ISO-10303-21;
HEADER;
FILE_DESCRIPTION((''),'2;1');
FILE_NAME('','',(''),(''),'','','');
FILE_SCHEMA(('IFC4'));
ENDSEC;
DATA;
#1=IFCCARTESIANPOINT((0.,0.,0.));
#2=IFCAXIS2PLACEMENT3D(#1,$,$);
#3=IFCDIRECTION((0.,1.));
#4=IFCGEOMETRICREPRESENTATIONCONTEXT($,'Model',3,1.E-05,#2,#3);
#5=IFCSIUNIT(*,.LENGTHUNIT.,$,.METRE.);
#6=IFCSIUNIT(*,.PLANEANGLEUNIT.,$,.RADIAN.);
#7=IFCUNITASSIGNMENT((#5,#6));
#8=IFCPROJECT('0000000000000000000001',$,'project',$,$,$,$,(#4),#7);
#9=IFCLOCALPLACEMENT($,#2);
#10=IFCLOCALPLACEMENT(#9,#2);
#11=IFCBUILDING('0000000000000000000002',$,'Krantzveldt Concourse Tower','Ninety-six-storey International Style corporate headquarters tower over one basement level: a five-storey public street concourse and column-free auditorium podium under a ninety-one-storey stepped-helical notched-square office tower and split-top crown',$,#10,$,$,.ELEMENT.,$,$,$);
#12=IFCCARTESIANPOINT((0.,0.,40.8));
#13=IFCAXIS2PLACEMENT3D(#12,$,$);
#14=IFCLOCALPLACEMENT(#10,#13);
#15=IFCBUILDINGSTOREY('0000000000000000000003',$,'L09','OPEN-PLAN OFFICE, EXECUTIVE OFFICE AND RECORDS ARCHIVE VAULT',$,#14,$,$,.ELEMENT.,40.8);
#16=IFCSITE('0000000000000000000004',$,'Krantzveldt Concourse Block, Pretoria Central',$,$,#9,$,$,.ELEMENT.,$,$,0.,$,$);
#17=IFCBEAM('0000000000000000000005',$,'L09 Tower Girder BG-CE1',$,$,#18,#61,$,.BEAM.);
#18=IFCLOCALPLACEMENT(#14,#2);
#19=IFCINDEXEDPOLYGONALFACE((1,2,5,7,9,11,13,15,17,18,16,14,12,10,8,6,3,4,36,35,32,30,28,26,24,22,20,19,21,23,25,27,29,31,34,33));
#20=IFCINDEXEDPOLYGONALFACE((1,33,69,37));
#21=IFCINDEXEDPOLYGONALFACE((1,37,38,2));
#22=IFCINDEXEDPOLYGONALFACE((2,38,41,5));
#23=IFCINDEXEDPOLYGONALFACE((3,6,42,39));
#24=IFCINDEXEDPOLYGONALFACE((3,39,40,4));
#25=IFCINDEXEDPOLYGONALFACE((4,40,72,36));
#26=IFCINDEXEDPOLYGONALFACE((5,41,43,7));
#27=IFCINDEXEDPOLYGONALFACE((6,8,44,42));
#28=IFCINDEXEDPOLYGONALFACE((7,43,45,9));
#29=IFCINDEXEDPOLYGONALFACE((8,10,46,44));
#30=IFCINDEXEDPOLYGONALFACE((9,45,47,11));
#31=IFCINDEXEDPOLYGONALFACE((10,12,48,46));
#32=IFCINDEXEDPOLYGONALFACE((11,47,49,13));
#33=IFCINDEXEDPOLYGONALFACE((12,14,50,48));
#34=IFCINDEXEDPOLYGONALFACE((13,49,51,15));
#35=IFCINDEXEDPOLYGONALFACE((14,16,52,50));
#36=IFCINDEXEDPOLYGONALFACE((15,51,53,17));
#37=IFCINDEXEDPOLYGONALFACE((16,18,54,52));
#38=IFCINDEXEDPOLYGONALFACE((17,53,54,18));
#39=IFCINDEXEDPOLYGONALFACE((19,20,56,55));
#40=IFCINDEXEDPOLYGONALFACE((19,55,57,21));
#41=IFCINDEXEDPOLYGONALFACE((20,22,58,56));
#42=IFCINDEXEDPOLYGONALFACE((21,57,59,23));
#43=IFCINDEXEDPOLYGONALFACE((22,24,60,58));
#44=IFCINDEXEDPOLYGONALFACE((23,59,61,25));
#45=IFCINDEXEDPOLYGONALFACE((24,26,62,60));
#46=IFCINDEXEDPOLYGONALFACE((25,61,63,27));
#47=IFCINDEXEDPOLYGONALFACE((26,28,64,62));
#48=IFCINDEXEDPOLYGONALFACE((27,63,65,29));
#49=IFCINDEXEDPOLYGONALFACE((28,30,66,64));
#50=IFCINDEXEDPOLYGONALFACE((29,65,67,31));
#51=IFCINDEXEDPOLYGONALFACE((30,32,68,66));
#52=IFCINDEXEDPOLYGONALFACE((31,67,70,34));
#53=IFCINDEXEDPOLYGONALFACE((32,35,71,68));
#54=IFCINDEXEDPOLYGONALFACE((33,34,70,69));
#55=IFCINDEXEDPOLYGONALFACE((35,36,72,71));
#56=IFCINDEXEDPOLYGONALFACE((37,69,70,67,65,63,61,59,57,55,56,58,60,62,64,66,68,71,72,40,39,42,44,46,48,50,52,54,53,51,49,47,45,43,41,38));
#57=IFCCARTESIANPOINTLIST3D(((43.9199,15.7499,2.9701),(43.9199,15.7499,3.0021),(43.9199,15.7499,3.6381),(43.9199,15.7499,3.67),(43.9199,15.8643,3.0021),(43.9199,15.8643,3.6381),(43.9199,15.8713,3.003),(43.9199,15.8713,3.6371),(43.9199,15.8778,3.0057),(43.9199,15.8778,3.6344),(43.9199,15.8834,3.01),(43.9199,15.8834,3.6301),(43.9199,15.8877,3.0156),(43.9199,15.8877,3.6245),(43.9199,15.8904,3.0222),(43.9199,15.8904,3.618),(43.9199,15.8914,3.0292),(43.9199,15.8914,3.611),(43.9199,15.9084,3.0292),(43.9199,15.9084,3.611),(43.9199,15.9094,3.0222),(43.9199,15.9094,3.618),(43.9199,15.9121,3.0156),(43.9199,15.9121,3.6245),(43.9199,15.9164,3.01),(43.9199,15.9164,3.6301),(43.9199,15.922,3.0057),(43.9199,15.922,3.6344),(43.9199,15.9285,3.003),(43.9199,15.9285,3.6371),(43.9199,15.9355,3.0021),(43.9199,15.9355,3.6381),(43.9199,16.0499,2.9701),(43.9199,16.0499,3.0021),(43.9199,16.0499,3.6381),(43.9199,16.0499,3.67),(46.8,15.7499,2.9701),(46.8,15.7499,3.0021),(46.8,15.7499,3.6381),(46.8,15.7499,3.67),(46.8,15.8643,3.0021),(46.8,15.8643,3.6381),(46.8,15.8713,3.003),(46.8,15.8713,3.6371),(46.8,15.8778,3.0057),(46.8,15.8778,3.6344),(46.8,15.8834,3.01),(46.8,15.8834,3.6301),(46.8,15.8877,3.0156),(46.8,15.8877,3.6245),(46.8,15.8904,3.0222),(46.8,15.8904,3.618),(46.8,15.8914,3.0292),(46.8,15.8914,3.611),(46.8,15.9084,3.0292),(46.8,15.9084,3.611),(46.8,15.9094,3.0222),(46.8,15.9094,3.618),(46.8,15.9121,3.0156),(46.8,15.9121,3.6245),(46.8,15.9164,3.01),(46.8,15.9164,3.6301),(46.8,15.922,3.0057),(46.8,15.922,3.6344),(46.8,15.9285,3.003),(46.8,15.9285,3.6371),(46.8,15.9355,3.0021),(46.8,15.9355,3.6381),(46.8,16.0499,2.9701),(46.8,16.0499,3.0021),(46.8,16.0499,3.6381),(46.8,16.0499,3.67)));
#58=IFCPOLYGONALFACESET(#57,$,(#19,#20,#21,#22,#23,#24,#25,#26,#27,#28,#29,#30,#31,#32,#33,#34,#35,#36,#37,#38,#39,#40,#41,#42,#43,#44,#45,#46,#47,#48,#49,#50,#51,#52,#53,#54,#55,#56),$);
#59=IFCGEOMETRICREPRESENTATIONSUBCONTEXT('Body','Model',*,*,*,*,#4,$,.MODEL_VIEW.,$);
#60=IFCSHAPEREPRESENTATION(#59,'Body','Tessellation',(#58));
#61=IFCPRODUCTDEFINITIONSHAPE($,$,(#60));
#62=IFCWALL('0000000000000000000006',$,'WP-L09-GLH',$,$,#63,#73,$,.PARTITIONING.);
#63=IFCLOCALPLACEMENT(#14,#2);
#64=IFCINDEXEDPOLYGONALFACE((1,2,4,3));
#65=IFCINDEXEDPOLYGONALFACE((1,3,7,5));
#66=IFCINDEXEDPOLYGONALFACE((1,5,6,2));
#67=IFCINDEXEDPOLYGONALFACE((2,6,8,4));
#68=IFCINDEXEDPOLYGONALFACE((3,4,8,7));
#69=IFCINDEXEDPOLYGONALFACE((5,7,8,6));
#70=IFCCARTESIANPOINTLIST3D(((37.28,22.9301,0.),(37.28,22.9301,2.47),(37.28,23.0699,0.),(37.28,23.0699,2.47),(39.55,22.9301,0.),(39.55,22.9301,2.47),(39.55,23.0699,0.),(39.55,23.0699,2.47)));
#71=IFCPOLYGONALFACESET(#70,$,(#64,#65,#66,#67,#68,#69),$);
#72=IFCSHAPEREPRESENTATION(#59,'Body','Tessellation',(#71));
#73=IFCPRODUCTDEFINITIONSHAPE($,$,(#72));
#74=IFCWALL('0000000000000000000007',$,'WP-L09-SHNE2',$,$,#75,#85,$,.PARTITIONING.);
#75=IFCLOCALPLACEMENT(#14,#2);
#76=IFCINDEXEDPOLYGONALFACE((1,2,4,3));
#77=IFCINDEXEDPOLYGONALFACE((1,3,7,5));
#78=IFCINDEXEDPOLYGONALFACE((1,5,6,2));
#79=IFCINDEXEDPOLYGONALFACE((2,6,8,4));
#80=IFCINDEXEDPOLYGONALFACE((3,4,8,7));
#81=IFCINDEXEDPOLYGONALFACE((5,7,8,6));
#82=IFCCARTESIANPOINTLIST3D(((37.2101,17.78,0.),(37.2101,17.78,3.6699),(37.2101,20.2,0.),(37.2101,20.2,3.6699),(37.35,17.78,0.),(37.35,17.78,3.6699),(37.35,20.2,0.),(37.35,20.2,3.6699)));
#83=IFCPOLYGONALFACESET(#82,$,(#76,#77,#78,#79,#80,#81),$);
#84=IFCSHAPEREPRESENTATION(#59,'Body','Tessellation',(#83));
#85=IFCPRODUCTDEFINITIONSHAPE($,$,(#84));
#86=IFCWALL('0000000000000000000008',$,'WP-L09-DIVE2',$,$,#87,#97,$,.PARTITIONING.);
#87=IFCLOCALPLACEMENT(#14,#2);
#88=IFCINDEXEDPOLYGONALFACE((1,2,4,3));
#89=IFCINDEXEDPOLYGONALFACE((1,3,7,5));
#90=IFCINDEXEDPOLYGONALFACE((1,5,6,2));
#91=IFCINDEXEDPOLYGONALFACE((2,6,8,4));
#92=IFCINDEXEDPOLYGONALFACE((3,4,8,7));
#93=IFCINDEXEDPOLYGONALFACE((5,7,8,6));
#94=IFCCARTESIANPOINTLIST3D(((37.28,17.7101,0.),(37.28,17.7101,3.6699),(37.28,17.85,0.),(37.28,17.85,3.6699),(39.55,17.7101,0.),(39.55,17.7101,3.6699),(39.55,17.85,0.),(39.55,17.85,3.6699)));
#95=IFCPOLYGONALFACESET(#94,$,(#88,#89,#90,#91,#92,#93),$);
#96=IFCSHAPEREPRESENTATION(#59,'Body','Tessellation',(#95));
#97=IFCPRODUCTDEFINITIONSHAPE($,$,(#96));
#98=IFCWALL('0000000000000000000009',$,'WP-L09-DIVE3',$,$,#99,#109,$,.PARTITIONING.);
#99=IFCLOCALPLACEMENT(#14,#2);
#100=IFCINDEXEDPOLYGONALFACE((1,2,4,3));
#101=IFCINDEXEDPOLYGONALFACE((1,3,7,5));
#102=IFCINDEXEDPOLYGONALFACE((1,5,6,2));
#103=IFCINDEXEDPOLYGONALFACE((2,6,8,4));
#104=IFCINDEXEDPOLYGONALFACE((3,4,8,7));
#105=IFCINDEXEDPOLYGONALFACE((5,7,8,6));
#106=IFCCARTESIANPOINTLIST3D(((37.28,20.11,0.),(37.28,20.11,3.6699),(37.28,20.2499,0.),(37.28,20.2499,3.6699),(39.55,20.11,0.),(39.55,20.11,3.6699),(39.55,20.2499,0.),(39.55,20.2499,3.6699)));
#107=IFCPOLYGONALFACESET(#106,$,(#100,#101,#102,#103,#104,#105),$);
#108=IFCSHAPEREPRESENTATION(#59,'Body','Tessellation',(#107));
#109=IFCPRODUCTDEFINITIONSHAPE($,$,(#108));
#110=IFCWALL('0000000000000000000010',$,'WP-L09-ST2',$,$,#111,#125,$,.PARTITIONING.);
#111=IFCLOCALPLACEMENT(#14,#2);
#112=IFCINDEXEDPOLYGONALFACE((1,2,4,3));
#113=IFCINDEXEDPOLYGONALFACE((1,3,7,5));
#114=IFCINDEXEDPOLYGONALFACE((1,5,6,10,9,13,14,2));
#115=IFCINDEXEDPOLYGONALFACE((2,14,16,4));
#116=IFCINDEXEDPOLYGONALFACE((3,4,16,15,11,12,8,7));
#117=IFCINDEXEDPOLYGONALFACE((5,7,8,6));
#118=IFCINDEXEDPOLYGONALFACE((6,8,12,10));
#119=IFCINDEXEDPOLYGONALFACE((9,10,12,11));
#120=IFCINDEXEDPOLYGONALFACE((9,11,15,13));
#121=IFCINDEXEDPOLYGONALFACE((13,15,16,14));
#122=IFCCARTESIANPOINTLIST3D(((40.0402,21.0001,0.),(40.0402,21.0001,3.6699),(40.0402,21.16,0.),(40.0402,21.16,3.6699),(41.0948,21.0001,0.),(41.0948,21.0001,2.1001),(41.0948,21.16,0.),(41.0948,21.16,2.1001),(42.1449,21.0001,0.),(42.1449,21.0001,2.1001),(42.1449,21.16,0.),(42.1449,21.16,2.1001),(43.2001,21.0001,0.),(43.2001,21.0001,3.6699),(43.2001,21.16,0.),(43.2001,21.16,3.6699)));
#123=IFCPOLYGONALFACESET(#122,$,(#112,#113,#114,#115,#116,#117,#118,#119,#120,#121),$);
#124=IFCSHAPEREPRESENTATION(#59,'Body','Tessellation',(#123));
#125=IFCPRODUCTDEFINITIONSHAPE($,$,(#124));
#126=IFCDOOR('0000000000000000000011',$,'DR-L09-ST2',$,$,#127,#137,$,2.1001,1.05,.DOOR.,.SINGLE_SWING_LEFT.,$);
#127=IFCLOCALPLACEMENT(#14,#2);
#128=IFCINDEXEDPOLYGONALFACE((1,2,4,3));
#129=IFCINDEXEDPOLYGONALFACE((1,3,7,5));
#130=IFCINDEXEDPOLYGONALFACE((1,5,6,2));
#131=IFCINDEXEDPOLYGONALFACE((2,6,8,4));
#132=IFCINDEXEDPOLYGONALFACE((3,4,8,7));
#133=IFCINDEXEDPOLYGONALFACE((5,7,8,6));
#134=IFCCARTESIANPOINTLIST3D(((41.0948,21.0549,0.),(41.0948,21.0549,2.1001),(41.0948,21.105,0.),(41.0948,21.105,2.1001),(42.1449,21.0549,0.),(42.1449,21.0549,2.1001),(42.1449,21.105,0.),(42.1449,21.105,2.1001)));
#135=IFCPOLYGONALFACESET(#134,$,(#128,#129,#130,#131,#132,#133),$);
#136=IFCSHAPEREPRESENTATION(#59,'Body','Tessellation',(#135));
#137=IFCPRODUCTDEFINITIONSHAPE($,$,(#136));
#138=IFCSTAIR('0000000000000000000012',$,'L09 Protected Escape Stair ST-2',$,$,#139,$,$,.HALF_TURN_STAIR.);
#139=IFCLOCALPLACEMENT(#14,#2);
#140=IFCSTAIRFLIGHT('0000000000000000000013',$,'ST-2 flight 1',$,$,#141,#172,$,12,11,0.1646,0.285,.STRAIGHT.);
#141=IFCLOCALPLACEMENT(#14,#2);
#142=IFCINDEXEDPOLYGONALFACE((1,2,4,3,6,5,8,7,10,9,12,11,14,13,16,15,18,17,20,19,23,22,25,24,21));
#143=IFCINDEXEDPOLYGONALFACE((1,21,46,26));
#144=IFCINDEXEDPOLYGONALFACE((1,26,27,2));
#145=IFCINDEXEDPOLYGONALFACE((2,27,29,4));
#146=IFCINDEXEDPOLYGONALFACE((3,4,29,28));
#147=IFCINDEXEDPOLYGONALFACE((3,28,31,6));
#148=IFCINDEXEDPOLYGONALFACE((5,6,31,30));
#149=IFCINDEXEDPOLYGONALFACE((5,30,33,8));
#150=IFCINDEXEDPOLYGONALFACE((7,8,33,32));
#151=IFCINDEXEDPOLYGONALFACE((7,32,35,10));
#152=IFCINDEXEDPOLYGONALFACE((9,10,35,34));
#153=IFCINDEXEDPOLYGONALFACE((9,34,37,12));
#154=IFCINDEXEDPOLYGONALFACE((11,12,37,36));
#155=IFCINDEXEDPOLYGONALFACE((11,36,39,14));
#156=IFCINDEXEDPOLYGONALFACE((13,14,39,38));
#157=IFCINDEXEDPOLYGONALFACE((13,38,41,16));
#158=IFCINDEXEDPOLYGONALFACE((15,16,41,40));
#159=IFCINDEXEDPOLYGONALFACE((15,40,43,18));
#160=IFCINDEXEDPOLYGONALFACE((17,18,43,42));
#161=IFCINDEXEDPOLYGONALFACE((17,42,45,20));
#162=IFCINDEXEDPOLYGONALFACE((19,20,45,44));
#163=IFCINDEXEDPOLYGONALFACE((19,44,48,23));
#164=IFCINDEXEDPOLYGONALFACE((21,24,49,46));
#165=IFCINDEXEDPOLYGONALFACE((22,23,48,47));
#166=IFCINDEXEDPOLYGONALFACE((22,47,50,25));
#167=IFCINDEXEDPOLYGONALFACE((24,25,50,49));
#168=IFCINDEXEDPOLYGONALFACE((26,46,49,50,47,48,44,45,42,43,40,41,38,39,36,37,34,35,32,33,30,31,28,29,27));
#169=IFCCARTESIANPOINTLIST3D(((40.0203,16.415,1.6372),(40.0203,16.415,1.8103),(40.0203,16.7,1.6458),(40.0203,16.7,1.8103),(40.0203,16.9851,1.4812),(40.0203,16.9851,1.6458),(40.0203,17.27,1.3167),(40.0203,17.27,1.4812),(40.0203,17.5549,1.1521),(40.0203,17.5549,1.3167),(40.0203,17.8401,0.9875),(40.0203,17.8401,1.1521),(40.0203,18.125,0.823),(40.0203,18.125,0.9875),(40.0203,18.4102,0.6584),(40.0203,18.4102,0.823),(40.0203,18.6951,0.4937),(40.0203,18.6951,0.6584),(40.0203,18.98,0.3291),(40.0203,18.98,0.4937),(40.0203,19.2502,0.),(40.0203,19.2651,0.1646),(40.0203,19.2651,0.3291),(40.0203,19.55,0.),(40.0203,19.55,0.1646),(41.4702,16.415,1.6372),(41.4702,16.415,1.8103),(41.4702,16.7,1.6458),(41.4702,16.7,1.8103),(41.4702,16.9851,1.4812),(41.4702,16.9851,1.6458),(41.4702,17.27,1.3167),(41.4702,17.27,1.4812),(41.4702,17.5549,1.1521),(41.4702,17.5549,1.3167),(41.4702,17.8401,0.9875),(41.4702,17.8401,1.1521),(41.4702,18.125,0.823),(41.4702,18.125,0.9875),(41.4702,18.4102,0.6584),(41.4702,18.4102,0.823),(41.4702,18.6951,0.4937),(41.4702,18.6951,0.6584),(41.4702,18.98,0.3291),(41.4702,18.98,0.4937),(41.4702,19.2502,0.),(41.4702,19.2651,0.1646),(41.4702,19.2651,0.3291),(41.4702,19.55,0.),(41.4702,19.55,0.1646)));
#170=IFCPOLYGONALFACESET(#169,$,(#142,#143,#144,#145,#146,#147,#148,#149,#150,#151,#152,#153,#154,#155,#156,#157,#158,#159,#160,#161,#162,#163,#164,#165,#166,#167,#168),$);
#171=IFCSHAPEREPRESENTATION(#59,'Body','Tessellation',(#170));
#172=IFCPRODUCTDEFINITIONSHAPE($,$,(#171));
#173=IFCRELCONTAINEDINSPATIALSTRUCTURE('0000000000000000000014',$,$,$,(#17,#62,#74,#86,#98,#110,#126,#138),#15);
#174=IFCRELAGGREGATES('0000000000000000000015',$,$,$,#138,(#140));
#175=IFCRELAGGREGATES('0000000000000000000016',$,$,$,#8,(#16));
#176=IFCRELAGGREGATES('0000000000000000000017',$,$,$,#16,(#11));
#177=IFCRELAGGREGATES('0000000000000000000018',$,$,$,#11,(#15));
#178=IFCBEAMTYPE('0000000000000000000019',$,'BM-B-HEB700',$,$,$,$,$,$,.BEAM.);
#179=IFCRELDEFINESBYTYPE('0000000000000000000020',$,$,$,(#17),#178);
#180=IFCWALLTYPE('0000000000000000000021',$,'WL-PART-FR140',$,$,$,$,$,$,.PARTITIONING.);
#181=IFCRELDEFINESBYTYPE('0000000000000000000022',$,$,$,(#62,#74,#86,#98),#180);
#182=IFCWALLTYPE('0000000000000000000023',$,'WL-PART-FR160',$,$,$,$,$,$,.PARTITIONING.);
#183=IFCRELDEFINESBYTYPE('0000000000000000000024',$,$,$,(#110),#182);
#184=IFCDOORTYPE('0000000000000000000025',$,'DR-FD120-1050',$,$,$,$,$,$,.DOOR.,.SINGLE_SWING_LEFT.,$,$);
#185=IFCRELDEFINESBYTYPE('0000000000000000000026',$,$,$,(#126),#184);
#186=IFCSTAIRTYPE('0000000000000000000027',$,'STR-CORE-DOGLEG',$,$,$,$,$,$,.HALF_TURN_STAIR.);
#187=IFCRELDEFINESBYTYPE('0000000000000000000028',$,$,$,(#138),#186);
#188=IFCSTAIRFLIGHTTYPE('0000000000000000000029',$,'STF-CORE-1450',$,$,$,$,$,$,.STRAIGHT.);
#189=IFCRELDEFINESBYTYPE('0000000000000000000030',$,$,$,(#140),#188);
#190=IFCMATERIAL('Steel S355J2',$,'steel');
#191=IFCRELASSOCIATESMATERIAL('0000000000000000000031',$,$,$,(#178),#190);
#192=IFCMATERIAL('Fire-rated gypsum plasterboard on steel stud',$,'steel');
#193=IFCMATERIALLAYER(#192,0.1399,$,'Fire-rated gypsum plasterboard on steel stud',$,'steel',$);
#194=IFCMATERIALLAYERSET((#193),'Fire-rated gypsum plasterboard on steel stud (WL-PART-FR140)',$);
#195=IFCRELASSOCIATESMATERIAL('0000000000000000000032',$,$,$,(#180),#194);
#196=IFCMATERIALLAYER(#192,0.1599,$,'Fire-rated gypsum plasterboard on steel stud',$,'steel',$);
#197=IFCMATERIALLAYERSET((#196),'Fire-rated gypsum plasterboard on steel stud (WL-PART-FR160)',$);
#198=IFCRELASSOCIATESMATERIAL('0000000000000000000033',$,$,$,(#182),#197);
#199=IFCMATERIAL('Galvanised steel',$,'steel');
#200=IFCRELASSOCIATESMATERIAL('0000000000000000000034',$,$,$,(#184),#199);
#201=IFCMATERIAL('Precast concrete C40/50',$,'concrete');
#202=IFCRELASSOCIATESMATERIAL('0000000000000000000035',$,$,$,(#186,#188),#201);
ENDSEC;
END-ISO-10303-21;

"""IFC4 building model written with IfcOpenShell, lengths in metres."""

from ifc_helpers import new_model, si_unit, direction, frame, frame_2d, origin, origin_2d, place, context, subcontext, project, spatial, polyline, rectangle, i_section, outline, extrude, source, transform, mapped, material, layer, layer_set, material_profile, profile_set, type_object, type_shapes, element, fill, aggregate, save


model = new_model("IFC4")

# Units and contexts
model_context = context("Model", 3, precision=1e-05, world=origin(), true_north=direction((0.0, 1.0)))
body_context = subcontext(model_context, "Body", "Model", "MODEL_VIEW")
ifc_project = project(units=[si_unit("LENGTHUNIT", "METRE"), si_unit("PLANEANGLEUNIT", "RADIAN")], contexts=[model_context])

# Site, building, storey
site_placement = place(None, origin())
site = spatial("IfcSite", under=ifc_project, at=site_placement, Name="Krantzveldt Concourse Block, Pretoria Central", CompositionType="ELEMENT", RefElevation=0.0)
building_placement = place(site_placement, origin())
building = spatial("IfcBuilding", under=site, at=building_placement, Name="Krantzveldt Concourse Tower", Description="Ninety-six-storey International Style corporate headquarters tower over one basement level: a five-storey public street concourse and column-free auditorium podium under a ninety-one-storey stepped-helical notched-square office tower and split-top crown", CompositionType="ELEMENT")
storey_placement = place(building_placement, frame((0.0, 0.0, 40.8)))
storey = spatial("IfcBuildingStorey", under=building, at=storey_placement, Name="L09", Description="OPEN-PLAN OFFICE, EXECUTIVE OFFICE AND RECORDS ARCHIVE VAULT", CompositionType="ELEMENT", Elevation=40.8)

# Beam
ifc_material_1 = material(Name="Steel S355J2", Category="steel")
ifc_material_profile = material_profile(ifc_material_1, i_section(OverallWidth=0.3, OverallDepth=0.7, WebThickness=0.0171, FlangeThickness=0.032, FilletRadius=0.0271, at=origin_2d()), Name="Steel S355J2", Category="steel")
ifc_profile_set = profile_set([ifc_material_profile], Name="Steel S355J2 - HEB 700")
beam_type = type_object("IfcBeamType", Name="BM-B-HEB700", PredefinedType="BEAM", material=ifc_profile_set)
shared_shape = source(origin(), body_context, "Body", "SweptSolid", [
    extrude(i_section(OverallWidth=0.3, OverallDepth=0.7, WebThickness=0.0171, FlangeThickness=0.032, FilletRadius=0.0271, at=origin_2d()), origin(), (0.0, 0.0, 1.0), 2.8801),
])
type_shapes(beam_type, [shared_shape])
beam_placement = place(storey_placement, frame((43.9199, 15.8999, 3.3201), z_axis=(1.0, 0.0, 0.0), x_axis=(0.0, 1.0, 0.0)))
element("IfcBeam", 1, at=beam_placement, inside=storey, type_object=beam_type, Name="L09 Tower Girder BG-CE1", PredefinedType="BEAM", context=body_context, shape_type="MappedRepresentation", body=[
    mapped(shared_shape, transform((0.0, 0.0, 0.0), x_axis=(1.0, 0.0, 0.0), y_axis=(0.0, 1.0, 0.0), z_axis=(0.0, 0.0, 1.0), scale=1.0)),
])

# Shared definitions
ifc_material_2 = material(Name="Fire-rated gypsum plasterboard on steel stud", Category="steel")
ifc_layer_1 = layer(ifc_material_2, 0.1399, Name="Fire-rated gypsum plasterboard on steel stud", Category="steel")
ifc_layer_set_1 = layer_set([ifc_layer_1], Name="Fire-rated gypsum plasterboard on steel stud (WL-PART-FR140)")
wall_type_1 = type_object("IfcWallType", Name="WL-PART-FR140", PredefinedType="PARTITIONING", material=ifc_layer_set_1)

# Walls
wall_1_placement = place(storey_placement, frame((37.28, 23.0, 0.0), z_axis=(0.0, 0.0, 1.0), x_axis=(1.0, 0.0, 0.0)))
element("IfcWall", 2, at=wall_1_placement, inside=storey, type_object=wall_type_1, Name="WP-L09-GLH", PredefinedType="PARTITIONING", context=body_context, shape_type="SweptSolid", body=[
    extrude(rectangle(XDim=2.27, YDim=0.1399, at=frame_2d((1.135, 0.0))), origin(), (0.0, 0.0, 1.0), 2.47),
])
wall_2_placement = place(storey_placement, frame((37.28, 17.78, 0.0), z_axis=(0.0, 0.0, 1.0), x_axis=(0.0, 1.0, 0.0)))
element("IfcWall", 3, at=wall_2_placement, inside=storey, type_object=wall_type_1, Name="WP-L09-SHNE2", PredefinedType="PARTITIONING", context=body_context, shape_type="SweptSolid", body=[
    extrude(rectangle(XDim=2.4199, YDim=0.1399, at=frame_2d((1.21, 0.0))), origin(), (0.0, 0.0, 1.0), 3.6699),
])
for number, where, z_axis, x_axis, name in (
    (4, (37.28, 17.78, 0.0), (0.0, 0.0, 1.0), (1.0, 0.0, 0.0), "WP-L09-DIVE2"),
    (5, (37.28, 20.1799, 0.0), (0.0, 0.0, 1.0), (1.0, 0.0, 0.0), "WP-L09-DIVE3"),
):
    element("IfcWall", number, at=place(storey_placement, frame(where, z_axis=z_axis, x_axis=x_axis)), inside=storey, type_object=wall_type_1, Name=name, PredefinedType="PARTITIONING", context=body_context, shape_type="SweptSolid", body=[
        extrude(rectangle(XDim=2.27, YDim=0.1399, at=frame_2d((1.135, 0.0))), origin(), (0.0, 0.0, 1.0), 3.6699),
    ])

# Wall, opening, door
ifc_layer_2 = layer(ifc_material_2, 0.1599, Name="Fire-rated gypsum plasterboard on steel stud", Category="steel")
ifc_layer_set_2 = layer_set([ifc_layer_2], Name="Fire-rated gypsum plasterboard on steel stud (WL-PART-FR160)")
wall_type_2 = type_object("IfcWallType", Name="WL-PART-FR160", PredefinedType="PARTITIONING", material=ifc_layer_set_2)
wall_3_placement = place(storey_placement, frame((40.04, 21.0801, 0.0), z_axis=(0.0, 0.0, 1.0), x_axis=(1.0, 0.0, 0.0)))
wall_3 = element("IfcWall", 6, at=wall_3_placement, inside=storey, type_object=wall_type_2, Name="WP-L09-ST2", PredefinedType="PARTITIONING", context=body_context, shape_type="SweptSolid", body=[
    extrude(rectangle(XDim=3.1599, YDim=0.1599, at=frame_2d((1.5801, 0.0))), origin(), (0.0, 0.0, 1.0), 3.6699),
])
opening_1_placement = place(wall_3_placement, frame((1.0549, 0.0, 0.0)))
opening_1 = element("IfcOpeningElement", 7, at=opening_1_placement, cuts=wall_3, PredefinedType="OPENING", context=body_context, shape_type="SweptSolid", body=[
    extrude(rectangle(XDim=1.05, YDim=2.1001, at=frame_2d((0.5249, 1.05))), frame((0.0, 0.0898, 0.0), z_axis=(0.0, -1.0, 0.0), x_axis=(1.0, 0.0, 0.0)), (0.0, 0.0, 1.0), 0.1799),
])
ifc_material_3 = material(Name="Galvanised steel", Category="steel")
door_type_1 = type_object("IfcDoorType", Name="DR-FD120-1050", OperationType="SINGLE_SWING_LEFT", PredefinedType="DOOR", material=ifc_material_3)
door_1_placement = place(opening_1_placement, origin())
door_1 = element("IfcDoor", 8, at=door_1_placement, inside=storey, type_object=door_type_1, Name="DR-L09-ST2", OperationType="SINGLE_SWING_LEFT", OverallHeight=2.1001, OverallWidth=1.05, PredefinedType="DOOR", context=body_context, shape_type="SweptSolid", body=[
    extrude(rectangle(XDim=1.05, YDim=2.1001, at=frame_2d((0.5249, 1.05))), frame((0.0, 0.0249, 0.0), z_axis=(0.0, -1.0, 0.0), x_axis=(1.0, 0.0, 0.0)), (0.0, 0.0, 1.0), 0.05),
])
fill(opening_1, door_1)

# Stair, stair flight
ifc_material_4 = material(Name="Precast concrete C40/50", Category="concrete")
stair_type = type_object("IfcStairType", Name="STR-CORE-DOGLEG", PredefinedType="HALF_TURN_STAIR", material=ifc_material_4)
stair_placement = place(storey_placement, origin())
stair = element("IfcStair", 9, at=stair_placement, inside=storey, type_object=stair_type, Name="L09 Protected Escape Stair ST-2", PredefinedType="HALF_TURN_STAIR")
stair_flight_type = type_object("IfcStairFlightType", Name="STF-CORE-1450", PredefinedType="STRAIGHT", material=ifc_material_4)
stair_flight_1_placement = place(storey_placement, frame((40.7451, 19.55, 0.0), z_axis=(0.0, 0.0, 1.0), x_axis=(0.0, -1.0, 0.0)))
stair_flight_1 = element("IfcStairFlight", 10, at=stair_flight_1_placement, type_object=stair_flight_type, Name="ST-2 flight 1", NumberOfRisers=12, NumberOfTreads=11, PredefinedType="STRAIGHT", RiserHeight=0.1646, TreadLength=0.285, context=body_context, shape_type="SweptSolid", body=[
    extrude(outline(polyline([(0.0, 0.0), (0.0, 0.1646), (0.2849, 0.1646), (0.2849, 0.3291), (0.5701, 0.3291), (0.5701, 0.4937), (0.855, 0.4937), (0.855, 0.6584), (1.1399, 0.6584), (1.1399, 0.823), (1.425, 0.823), (1.425, 0.9875), (1.71, 0.9875), (1.71, 1.1521), (1.9951, 1.1521), (1.9951, 1.3167), (2.28, 1.3167), (2.28, 1.4812), (2.5649, 1.4812), (2.5649, 1.6458), (2.8501, 1.6458), (2.8501, 1.8103), (3.135, 1.8103), (3.135, 1.9751), (3.135, 1.6372), (0.2998, 0.0), (0.0, 0.0)])), frame((0.0, 0.7251, 0.0), z_axis=(0.0, -1.0, 0.0), x_axis=(1.0, 0.0, 0.0)), (0.0, 0.0, 1.0), 1.45),
])
aggregate(stair, [stair_flight_1])

save(model, "model.ifc")
